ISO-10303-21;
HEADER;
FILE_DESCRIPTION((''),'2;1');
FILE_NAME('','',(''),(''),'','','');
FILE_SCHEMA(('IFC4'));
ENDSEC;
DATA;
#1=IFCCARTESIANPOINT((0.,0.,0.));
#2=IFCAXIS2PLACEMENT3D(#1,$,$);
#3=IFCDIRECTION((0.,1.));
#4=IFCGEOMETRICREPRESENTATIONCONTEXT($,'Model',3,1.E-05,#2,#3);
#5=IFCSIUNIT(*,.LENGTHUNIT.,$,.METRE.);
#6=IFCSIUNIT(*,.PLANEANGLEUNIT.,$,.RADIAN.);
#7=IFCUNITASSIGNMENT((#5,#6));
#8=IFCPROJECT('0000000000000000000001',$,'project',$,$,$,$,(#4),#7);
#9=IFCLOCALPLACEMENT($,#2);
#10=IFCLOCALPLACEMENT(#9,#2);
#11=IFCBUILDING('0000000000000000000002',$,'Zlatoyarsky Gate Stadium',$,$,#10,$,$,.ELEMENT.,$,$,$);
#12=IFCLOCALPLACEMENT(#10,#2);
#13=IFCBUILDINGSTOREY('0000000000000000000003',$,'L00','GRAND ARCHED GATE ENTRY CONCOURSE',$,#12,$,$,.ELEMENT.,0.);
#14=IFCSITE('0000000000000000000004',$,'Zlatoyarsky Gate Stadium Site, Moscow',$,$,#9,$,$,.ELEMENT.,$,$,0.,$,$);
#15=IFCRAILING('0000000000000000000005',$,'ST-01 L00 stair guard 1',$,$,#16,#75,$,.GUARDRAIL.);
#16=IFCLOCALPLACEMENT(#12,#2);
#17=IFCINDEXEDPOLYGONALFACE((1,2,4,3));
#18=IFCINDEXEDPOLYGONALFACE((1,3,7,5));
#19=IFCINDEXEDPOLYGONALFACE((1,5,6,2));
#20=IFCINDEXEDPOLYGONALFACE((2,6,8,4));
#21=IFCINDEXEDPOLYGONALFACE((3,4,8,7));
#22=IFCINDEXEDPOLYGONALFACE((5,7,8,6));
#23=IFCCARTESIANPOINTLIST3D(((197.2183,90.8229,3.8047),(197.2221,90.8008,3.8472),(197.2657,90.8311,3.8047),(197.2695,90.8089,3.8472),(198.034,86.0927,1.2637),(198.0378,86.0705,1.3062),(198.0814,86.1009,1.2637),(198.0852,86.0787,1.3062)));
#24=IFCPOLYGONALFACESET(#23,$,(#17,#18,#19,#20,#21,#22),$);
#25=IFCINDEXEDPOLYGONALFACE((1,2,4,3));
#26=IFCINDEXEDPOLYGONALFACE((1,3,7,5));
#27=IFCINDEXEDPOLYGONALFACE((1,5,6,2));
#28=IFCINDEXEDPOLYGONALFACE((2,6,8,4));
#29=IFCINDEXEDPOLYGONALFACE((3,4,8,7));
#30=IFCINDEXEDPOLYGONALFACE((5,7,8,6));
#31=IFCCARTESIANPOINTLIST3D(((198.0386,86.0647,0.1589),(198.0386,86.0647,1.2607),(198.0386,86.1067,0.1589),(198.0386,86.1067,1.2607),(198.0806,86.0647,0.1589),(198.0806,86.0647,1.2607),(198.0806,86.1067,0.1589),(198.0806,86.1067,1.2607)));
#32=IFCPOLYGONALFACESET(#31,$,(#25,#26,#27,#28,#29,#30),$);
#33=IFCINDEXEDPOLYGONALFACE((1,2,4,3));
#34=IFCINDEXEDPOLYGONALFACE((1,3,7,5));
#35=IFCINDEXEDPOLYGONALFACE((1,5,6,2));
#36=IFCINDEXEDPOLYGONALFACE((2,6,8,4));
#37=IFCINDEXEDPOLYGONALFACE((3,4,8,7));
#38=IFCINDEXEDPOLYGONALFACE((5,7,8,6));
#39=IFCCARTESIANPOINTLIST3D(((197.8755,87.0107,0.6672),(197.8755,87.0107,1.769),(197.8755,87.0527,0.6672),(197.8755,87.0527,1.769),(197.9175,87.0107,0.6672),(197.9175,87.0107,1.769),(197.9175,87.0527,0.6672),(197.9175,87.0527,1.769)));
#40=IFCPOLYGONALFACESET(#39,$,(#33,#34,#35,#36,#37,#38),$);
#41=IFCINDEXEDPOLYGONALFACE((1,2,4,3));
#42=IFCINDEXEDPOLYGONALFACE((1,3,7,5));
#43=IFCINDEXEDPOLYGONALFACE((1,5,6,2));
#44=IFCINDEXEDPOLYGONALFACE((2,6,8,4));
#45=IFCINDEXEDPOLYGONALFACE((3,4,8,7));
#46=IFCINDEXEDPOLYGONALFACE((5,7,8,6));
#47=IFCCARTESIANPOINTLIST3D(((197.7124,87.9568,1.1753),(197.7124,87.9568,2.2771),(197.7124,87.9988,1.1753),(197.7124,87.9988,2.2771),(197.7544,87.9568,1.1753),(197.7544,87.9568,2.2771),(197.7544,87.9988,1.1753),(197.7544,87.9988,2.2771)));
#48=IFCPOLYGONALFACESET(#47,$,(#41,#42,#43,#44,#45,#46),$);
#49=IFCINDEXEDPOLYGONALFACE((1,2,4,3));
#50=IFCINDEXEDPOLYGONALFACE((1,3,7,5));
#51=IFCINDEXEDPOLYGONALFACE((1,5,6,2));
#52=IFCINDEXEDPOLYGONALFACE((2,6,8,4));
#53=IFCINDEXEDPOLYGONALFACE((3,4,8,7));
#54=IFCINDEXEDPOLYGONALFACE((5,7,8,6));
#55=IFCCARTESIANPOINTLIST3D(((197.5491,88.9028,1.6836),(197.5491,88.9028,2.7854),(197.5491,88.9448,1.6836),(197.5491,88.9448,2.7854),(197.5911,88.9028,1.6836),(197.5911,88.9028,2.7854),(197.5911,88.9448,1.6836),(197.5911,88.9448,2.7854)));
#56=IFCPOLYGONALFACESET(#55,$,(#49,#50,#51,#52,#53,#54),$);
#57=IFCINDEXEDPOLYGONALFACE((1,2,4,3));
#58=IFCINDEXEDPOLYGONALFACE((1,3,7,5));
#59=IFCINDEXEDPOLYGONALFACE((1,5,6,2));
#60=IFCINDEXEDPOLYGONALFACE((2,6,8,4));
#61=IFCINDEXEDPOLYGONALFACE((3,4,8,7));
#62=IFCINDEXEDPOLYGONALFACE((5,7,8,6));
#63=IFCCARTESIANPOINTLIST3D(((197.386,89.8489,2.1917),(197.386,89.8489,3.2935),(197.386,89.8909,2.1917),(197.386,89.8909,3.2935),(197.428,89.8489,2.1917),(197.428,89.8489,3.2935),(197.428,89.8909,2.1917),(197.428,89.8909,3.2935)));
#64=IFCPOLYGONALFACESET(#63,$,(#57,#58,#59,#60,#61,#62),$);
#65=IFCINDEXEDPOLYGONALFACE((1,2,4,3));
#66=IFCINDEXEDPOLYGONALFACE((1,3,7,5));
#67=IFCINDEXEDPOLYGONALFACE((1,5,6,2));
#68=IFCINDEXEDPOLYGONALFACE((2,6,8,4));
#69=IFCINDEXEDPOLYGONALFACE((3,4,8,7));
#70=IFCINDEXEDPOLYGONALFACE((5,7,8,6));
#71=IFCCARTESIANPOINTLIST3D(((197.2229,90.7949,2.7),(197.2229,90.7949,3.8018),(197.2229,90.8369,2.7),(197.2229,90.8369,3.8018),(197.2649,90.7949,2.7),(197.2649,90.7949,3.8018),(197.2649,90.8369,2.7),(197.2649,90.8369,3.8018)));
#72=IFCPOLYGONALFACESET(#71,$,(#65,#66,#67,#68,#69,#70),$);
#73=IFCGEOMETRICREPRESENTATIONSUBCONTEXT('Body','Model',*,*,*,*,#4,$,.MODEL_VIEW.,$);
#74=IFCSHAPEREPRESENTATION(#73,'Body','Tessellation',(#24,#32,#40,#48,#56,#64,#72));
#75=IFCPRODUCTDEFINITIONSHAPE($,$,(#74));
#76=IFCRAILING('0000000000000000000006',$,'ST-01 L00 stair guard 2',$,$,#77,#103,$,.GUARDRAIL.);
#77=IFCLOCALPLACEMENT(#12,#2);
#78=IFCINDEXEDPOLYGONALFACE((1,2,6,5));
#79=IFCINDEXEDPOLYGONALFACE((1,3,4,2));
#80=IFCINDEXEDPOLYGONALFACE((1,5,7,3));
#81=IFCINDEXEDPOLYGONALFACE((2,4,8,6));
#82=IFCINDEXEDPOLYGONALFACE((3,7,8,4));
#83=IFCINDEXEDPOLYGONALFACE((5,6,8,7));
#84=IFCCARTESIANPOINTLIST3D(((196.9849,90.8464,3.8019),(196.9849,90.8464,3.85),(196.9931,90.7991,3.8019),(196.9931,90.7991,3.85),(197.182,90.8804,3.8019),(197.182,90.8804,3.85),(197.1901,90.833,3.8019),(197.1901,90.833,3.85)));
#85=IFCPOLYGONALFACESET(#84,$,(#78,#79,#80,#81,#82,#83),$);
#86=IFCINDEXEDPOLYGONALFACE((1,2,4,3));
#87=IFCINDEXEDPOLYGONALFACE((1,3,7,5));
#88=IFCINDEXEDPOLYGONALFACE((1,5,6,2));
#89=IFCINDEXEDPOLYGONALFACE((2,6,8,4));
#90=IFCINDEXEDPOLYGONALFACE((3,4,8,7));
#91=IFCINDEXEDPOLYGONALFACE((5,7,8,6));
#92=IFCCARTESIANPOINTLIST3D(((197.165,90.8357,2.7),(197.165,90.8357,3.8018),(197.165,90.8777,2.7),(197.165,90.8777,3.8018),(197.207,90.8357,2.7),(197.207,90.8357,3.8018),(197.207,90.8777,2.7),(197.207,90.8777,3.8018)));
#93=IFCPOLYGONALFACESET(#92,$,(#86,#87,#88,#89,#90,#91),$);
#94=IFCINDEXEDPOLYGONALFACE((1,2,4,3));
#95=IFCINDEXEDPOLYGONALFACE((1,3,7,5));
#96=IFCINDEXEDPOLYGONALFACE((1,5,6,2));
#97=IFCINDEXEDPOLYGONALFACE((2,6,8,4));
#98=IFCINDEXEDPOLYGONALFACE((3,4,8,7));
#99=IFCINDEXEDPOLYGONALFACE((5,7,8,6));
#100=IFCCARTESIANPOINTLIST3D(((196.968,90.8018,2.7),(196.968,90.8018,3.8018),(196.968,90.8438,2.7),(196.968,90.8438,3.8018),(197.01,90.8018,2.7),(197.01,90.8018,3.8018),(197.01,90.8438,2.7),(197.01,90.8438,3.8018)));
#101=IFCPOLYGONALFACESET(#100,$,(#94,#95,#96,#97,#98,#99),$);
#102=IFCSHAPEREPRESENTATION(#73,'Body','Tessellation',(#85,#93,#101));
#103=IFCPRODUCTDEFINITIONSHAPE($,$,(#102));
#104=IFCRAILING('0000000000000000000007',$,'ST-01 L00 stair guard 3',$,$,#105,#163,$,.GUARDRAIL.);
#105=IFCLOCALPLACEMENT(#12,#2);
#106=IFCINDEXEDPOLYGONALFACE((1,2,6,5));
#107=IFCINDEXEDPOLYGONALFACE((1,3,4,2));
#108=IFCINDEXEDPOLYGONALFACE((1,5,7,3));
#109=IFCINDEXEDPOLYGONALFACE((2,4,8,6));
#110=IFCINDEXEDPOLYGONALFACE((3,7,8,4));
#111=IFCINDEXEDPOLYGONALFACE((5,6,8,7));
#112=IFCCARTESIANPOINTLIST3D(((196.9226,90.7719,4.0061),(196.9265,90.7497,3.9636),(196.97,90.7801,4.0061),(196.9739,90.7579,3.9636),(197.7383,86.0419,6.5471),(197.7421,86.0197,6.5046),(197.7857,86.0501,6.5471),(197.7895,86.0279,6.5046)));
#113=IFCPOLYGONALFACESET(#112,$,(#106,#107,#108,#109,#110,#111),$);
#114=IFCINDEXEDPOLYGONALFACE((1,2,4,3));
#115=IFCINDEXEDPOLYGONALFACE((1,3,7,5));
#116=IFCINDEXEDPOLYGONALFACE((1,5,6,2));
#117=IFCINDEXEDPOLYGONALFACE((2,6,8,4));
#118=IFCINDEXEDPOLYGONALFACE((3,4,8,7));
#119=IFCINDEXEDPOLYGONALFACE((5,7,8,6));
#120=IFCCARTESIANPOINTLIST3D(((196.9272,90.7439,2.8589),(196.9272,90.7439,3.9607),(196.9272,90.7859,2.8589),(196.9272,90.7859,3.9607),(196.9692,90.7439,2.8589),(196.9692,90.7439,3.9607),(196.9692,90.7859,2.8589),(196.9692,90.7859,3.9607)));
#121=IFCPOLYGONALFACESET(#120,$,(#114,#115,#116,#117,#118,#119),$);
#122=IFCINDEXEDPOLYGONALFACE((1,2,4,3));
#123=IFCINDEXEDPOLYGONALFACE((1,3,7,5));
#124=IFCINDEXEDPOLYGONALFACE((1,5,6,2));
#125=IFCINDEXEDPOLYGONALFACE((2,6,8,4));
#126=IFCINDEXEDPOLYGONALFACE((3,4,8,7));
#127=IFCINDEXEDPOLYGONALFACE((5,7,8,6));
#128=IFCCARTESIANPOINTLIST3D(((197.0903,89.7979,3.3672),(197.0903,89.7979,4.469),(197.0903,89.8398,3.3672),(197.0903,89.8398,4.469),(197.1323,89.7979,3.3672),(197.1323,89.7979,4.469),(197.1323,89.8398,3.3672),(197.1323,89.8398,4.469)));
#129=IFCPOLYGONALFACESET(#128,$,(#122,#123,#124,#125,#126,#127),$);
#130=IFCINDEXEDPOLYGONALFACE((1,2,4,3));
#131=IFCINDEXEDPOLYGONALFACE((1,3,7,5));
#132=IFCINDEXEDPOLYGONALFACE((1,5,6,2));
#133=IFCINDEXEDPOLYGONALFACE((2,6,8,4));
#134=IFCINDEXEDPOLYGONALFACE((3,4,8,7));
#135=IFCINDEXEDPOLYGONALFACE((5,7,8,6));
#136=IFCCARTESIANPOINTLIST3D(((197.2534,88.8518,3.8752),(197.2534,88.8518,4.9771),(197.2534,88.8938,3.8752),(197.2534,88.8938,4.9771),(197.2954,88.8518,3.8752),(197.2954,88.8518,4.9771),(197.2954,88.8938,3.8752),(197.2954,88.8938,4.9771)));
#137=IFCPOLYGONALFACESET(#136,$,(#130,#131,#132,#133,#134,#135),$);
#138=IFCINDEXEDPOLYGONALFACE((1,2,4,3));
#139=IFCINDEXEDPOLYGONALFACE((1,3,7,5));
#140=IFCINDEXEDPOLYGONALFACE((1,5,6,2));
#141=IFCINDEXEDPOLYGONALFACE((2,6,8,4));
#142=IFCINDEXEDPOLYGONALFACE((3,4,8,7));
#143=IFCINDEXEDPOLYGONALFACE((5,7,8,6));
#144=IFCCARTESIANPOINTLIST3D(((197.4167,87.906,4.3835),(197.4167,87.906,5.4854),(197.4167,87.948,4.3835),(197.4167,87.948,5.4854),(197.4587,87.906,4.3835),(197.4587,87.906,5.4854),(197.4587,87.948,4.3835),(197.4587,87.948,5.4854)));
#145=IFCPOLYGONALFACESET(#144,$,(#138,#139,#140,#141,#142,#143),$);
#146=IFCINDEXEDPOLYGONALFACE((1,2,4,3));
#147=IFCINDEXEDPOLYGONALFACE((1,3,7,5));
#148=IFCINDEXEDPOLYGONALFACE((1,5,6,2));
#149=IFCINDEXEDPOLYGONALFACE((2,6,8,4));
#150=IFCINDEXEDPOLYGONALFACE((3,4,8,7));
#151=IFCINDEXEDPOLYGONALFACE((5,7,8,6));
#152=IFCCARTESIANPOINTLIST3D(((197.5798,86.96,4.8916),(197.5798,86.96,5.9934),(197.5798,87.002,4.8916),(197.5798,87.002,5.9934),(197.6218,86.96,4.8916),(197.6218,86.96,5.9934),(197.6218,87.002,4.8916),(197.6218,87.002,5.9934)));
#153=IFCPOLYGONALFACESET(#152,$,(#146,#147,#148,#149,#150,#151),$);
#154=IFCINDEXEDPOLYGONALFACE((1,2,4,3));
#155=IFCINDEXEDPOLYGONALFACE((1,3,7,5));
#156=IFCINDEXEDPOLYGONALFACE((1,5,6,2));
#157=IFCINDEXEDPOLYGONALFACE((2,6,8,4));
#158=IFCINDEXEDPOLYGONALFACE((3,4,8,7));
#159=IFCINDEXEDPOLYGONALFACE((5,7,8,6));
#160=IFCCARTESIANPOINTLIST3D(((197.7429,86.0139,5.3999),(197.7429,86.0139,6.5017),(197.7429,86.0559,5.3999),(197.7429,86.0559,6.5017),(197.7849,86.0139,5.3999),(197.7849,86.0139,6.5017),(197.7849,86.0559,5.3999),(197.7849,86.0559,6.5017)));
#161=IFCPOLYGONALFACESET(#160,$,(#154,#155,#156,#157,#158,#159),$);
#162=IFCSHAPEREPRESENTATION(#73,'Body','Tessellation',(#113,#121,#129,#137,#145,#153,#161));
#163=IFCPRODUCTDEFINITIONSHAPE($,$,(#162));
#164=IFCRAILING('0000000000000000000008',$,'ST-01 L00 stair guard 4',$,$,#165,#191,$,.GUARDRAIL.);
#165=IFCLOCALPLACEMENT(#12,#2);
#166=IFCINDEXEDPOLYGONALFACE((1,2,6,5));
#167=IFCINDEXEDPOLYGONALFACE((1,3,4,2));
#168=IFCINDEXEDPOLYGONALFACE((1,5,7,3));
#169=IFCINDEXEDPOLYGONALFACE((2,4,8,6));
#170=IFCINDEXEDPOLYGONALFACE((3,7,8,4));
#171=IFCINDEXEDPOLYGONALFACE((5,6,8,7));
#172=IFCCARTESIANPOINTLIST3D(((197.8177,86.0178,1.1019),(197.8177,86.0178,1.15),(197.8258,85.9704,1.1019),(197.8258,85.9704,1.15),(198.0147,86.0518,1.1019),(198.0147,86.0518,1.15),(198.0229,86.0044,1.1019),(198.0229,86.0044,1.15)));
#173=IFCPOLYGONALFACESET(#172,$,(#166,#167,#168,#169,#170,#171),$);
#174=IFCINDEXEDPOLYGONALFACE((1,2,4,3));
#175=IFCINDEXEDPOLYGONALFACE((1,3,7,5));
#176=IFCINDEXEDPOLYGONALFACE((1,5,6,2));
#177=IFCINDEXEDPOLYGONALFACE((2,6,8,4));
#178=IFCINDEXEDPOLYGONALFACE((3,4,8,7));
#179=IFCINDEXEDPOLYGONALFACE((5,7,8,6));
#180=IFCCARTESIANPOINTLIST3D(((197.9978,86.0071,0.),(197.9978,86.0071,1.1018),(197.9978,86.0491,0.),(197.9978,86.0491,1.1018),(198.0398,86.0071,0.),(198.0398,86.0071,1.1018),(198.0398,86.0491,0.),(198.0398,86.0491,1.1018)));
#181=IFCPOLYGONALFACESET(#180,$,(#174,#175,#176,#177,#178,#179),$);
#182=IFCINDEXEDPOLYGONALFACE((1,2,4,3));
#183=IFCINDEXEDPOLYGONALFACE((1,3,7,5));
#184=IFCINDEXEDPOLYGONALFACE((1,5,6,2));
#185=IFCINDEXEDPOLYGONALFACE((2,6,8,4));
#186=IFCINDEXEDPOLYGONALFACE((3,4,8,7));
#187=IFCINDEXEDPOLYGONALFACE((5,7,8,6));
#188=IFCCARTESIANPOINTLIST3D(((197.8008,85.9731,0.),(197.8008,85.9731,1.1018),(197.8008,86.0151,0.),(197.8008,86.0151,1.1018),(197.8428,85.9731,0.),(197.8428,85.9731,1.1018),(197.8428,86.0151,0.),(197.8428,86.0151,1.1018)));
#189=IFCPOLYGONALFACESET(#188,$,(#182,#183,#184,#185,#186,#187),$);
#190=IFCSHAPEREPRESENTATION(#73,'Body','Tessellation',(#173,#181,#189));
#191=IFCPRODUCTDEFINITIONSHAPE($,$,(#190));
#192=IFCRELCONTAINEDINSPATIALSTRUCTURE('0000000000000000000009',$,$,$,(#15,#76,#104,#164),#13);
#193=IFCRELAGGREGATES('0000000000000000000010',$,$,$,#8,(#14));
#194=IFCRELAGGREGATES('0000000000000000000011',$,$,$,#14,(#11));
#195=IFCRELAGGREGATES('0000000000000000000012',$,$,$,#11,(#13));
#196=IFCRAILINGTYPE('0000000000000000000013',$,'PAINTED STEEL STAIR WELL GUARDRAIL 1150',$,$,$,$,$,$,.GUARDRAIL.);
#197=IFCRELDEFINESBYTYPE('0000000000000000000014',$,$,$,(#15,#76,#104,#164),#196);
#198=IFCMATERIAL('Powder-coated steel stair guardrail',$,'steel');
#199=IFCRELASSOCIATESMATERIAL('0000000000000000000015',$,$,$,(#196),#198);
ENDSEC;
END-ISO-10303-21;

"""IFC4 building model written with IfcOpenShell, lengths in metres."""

from ifc_helpers import new_model, si_unit, direction, frame, origin, origin_2d, place, context, subcontext, project, spatial, rectangle, extrude, material, type_object, element, save


model = new_model("IFC4")

# Units and contexts
model_context = context("Model", 3, precision=1e-05, world=origin(), true_north=direction((0.0, 1.0)))
body_context = subcontext(model_context, "Body", "Model", "MODEL_VIEW")
ifc_project = project(units=[si_unit("LENGTHUNIT", "METRE"), si_unit("PLANEANGLEUNIT", "RADIAN")], contexts=[model_context])

# Site, building, storey
site_placement = place(None, origin())
site = spatial("IfcSite", under=ifc_project, at=site_placement, Name="Zlatoyarsky Gate Stadium Site, Moscow", CompositionType="ELEMENT", RefElevation=0.0)
building_placement = place(site_placement, origin())
building = spatial("IfcBuilding", under=site, at=building_placement, Name="Zlatoyarsky Gate Stadium", CompositionType="ELEMENT")
storey_placement = place(building_placement, origin())
storey = spatial("IfcBuildingStorey", under=building, at=storey_placement, Name="L00", Description="GRAND ARCHED GATE ENTRY CONCOURSE", CompositionType="ELEMENT", Elevation=0.0)

# Railings
ifc_material_1 = material(Name="Powder-coated steel stair guardrail", Category="steel")
railing_type_1 = type_object("IfcRailingType", Name="PAINTED STEEL STAIR WELL GUARDRAIL 1150", PredefinedType="GUARDRAIL", material=ifc_material_1)
railing_1_placement = place(storey_placement, frame((198.0596, 86.0857, 0.1589)))
element("IfcRailing", 1, at=railing_1_placement, inside=storey, type_object=railing_type_1, Name="ST-01 L00 stair guard 1", PredefinedType="GUARDRAIL", context=body_context, shape_type="SweptSolid", body=[
    extrude(rectangle(XDim=0.0481, YDim=0.0481, at=origin_2d()), frame((0.0, 0.0, 1.126), z_axis=(-0.150185, 0.870948, 0.467862), x_axis=(-0.985456, -0.169931, 0.0)), (0.0, 0.0, 1.0), 5.4312),
    extrude(rectangle(XDim=0.042, YDim=0.042, at=origin_2d()), origin(), (0.0, 0.0, 1.0), 1.1018),
    extrude(rectangle(XDim=0.042, YDim=0.042, at=origin_2d()), frame((-0.1631, 0.946, 0.5083)), (0.0, 0.0, 1.0), 1.1018),
    extrude(rectangle(XDim=0.042, YDim=0.042, at=origin_2d()), frame((-0.3262, 1.8921, 1.0164)), (0.0, 0.0, 1.0), 1.1018),
    extrude(rectangle(XDim=0.042, YDim=0.042, at=origin_2d()), frame((-0.4895, 2.8381, 1.5247)), (0.0, 0.0, 1.0), 1.1018),
    extrude(rectangle(XDim=0.042, YDim=0.042, at=origin_2d()), frame((-0.6526, 3.7842, 2.0327)), (0.0, 0.0, 1.0), 1.1018),
    extrude(rectangle(XDim=0.042, YDim=0.042, at=origin_2d()), frame((-0.8157, 4.7302, 2.541)), (0.0, 0.0, 1.0), 1.1018),
])
railing_2_placement = place(storey_placement, frame((197.186, 90.8567, 2.7)))
element("IfcRailing", 2, at=railing_2_placement, inside=storey, type_object=railing_type_1, Name="ST-01 L00 stair guard 2", PredefinedType="GUARDRAIL", context=body_context, shape_type="SweptSolid", body=[
    extrude(rectangle(XDim=0.0481, YDim=0.0481, at=origin_2d()), frame((0.0, 0.0, 1.126), z_axis=(-0.985488, -0.169743, 0.0), x_axis=(0.169743, -0.985488, 0.0)), (0.0, 0.0, 1.0), 0.2),
    extrude(rectangle(XDim=0.042, YDim=0.042, at=origin_2d()), origin(), (0.0, 0.0, 1.0), 1.1018),
    extrude(rectangle(XDim=0.042, YDim=0.042, at=origin_2d()), frame((-0.197, -0.0339, 0.0)), (0.0, 0.0, 1.0), 1.1018),
])
railing_3_placement = place(storey_placement, frame((196.9482, 90.7649, 2.8589)))
element("IfcRailing", 3, at=railing_3_placement, inside=storey, type_object=railing_type_1, Name="ST-01 L00 stair guard 3", PredefinedType="GUARDRAIL", context=body_context, shape_type="SweptSolid", body=[
    extrude(rectangle(XDim=0.0481, YDim=0.0481, at=origin_2d()), frame((0.0, 0.0, 1.126), z_axis=(0.150191, -0.870937, 0.46788), x_axis=(0.985455, 0.169939, 0.0)), (0.0, 0.0, 1.0), 5.4309),
    extrude(rectangle(XDim=0.042, YDim=0.042, at=origin_2d()), origin(), (0.0, 0.0, 1.0), 1.1018),
    extrude(rectangle(XDim=0.042, YDim=0.042, at=origin_2d()), frame((0.1631, -0.946, 0.5083)), (0.0, 0.0, 1.0), 1.1018),
    extrude(rectangle(XDim=0.042, YDim=0.042, at=origin_2d()), frame((0.3262, -1.8921, 1.0164)), (0.0, 0.0, 1.0), 1.1018),
    extrude(rectangle(XDim=0.042, YDim=0.042, at=origin_2d()), frame((0.4895, -2.8379, 1.5247)), (0.0, 0.0, 1.0), 1.1018),
    extrude(rectangle(XDim=0.042, YDim=0.042, at=origin_2d()), frame((0.6526, -3.7839, 2.0327)), (0.0, 0.0, 1.0), 1.1018),
    extrude(rectangle(XDim=0.042, YDim=0.042, at=origin_2d()), frame((0.8157, -4.73, 2.541)), (0.0, 0.0, 1.0), 1.1018),
])
railing_4_placement = place(storey_placement, frame((198.0188, 86.0281, 0.0)))
element("IfcRailing", 4, at=railing_4_placement, inside=storey, type_object=railing_type_1, Name="ST-01 L00 stair guard 4", PredefinedType="GUARDRAIL", context=body_context, shape_type="SweptSolid", body=[
    extrude(rectangle(XDim=0.0481, YDim=0.0481, at=origin_2d()), frame((0.0, 0.0, 1.126), z_axis=(-0.985488, -0.169743, 0.0), x_axis=(0.169743, -0.985488, 0.0)), (0.0, 0.0, 1.0), 0.2),
    extrude(rectangle(XDim=0.042, YDim=0.042, at=origin_2d()), origin(), (0.0, 0.0, 1.0), 1.1018),
    extrude(rectangle(XDim=0.042, YDim=0.042, at=origin_2d()), frame((-0.197, -0.0339, 0.0)), (0.0, 0.0, 1.0), 1.1018),
])

save(model, "model.ifc")
